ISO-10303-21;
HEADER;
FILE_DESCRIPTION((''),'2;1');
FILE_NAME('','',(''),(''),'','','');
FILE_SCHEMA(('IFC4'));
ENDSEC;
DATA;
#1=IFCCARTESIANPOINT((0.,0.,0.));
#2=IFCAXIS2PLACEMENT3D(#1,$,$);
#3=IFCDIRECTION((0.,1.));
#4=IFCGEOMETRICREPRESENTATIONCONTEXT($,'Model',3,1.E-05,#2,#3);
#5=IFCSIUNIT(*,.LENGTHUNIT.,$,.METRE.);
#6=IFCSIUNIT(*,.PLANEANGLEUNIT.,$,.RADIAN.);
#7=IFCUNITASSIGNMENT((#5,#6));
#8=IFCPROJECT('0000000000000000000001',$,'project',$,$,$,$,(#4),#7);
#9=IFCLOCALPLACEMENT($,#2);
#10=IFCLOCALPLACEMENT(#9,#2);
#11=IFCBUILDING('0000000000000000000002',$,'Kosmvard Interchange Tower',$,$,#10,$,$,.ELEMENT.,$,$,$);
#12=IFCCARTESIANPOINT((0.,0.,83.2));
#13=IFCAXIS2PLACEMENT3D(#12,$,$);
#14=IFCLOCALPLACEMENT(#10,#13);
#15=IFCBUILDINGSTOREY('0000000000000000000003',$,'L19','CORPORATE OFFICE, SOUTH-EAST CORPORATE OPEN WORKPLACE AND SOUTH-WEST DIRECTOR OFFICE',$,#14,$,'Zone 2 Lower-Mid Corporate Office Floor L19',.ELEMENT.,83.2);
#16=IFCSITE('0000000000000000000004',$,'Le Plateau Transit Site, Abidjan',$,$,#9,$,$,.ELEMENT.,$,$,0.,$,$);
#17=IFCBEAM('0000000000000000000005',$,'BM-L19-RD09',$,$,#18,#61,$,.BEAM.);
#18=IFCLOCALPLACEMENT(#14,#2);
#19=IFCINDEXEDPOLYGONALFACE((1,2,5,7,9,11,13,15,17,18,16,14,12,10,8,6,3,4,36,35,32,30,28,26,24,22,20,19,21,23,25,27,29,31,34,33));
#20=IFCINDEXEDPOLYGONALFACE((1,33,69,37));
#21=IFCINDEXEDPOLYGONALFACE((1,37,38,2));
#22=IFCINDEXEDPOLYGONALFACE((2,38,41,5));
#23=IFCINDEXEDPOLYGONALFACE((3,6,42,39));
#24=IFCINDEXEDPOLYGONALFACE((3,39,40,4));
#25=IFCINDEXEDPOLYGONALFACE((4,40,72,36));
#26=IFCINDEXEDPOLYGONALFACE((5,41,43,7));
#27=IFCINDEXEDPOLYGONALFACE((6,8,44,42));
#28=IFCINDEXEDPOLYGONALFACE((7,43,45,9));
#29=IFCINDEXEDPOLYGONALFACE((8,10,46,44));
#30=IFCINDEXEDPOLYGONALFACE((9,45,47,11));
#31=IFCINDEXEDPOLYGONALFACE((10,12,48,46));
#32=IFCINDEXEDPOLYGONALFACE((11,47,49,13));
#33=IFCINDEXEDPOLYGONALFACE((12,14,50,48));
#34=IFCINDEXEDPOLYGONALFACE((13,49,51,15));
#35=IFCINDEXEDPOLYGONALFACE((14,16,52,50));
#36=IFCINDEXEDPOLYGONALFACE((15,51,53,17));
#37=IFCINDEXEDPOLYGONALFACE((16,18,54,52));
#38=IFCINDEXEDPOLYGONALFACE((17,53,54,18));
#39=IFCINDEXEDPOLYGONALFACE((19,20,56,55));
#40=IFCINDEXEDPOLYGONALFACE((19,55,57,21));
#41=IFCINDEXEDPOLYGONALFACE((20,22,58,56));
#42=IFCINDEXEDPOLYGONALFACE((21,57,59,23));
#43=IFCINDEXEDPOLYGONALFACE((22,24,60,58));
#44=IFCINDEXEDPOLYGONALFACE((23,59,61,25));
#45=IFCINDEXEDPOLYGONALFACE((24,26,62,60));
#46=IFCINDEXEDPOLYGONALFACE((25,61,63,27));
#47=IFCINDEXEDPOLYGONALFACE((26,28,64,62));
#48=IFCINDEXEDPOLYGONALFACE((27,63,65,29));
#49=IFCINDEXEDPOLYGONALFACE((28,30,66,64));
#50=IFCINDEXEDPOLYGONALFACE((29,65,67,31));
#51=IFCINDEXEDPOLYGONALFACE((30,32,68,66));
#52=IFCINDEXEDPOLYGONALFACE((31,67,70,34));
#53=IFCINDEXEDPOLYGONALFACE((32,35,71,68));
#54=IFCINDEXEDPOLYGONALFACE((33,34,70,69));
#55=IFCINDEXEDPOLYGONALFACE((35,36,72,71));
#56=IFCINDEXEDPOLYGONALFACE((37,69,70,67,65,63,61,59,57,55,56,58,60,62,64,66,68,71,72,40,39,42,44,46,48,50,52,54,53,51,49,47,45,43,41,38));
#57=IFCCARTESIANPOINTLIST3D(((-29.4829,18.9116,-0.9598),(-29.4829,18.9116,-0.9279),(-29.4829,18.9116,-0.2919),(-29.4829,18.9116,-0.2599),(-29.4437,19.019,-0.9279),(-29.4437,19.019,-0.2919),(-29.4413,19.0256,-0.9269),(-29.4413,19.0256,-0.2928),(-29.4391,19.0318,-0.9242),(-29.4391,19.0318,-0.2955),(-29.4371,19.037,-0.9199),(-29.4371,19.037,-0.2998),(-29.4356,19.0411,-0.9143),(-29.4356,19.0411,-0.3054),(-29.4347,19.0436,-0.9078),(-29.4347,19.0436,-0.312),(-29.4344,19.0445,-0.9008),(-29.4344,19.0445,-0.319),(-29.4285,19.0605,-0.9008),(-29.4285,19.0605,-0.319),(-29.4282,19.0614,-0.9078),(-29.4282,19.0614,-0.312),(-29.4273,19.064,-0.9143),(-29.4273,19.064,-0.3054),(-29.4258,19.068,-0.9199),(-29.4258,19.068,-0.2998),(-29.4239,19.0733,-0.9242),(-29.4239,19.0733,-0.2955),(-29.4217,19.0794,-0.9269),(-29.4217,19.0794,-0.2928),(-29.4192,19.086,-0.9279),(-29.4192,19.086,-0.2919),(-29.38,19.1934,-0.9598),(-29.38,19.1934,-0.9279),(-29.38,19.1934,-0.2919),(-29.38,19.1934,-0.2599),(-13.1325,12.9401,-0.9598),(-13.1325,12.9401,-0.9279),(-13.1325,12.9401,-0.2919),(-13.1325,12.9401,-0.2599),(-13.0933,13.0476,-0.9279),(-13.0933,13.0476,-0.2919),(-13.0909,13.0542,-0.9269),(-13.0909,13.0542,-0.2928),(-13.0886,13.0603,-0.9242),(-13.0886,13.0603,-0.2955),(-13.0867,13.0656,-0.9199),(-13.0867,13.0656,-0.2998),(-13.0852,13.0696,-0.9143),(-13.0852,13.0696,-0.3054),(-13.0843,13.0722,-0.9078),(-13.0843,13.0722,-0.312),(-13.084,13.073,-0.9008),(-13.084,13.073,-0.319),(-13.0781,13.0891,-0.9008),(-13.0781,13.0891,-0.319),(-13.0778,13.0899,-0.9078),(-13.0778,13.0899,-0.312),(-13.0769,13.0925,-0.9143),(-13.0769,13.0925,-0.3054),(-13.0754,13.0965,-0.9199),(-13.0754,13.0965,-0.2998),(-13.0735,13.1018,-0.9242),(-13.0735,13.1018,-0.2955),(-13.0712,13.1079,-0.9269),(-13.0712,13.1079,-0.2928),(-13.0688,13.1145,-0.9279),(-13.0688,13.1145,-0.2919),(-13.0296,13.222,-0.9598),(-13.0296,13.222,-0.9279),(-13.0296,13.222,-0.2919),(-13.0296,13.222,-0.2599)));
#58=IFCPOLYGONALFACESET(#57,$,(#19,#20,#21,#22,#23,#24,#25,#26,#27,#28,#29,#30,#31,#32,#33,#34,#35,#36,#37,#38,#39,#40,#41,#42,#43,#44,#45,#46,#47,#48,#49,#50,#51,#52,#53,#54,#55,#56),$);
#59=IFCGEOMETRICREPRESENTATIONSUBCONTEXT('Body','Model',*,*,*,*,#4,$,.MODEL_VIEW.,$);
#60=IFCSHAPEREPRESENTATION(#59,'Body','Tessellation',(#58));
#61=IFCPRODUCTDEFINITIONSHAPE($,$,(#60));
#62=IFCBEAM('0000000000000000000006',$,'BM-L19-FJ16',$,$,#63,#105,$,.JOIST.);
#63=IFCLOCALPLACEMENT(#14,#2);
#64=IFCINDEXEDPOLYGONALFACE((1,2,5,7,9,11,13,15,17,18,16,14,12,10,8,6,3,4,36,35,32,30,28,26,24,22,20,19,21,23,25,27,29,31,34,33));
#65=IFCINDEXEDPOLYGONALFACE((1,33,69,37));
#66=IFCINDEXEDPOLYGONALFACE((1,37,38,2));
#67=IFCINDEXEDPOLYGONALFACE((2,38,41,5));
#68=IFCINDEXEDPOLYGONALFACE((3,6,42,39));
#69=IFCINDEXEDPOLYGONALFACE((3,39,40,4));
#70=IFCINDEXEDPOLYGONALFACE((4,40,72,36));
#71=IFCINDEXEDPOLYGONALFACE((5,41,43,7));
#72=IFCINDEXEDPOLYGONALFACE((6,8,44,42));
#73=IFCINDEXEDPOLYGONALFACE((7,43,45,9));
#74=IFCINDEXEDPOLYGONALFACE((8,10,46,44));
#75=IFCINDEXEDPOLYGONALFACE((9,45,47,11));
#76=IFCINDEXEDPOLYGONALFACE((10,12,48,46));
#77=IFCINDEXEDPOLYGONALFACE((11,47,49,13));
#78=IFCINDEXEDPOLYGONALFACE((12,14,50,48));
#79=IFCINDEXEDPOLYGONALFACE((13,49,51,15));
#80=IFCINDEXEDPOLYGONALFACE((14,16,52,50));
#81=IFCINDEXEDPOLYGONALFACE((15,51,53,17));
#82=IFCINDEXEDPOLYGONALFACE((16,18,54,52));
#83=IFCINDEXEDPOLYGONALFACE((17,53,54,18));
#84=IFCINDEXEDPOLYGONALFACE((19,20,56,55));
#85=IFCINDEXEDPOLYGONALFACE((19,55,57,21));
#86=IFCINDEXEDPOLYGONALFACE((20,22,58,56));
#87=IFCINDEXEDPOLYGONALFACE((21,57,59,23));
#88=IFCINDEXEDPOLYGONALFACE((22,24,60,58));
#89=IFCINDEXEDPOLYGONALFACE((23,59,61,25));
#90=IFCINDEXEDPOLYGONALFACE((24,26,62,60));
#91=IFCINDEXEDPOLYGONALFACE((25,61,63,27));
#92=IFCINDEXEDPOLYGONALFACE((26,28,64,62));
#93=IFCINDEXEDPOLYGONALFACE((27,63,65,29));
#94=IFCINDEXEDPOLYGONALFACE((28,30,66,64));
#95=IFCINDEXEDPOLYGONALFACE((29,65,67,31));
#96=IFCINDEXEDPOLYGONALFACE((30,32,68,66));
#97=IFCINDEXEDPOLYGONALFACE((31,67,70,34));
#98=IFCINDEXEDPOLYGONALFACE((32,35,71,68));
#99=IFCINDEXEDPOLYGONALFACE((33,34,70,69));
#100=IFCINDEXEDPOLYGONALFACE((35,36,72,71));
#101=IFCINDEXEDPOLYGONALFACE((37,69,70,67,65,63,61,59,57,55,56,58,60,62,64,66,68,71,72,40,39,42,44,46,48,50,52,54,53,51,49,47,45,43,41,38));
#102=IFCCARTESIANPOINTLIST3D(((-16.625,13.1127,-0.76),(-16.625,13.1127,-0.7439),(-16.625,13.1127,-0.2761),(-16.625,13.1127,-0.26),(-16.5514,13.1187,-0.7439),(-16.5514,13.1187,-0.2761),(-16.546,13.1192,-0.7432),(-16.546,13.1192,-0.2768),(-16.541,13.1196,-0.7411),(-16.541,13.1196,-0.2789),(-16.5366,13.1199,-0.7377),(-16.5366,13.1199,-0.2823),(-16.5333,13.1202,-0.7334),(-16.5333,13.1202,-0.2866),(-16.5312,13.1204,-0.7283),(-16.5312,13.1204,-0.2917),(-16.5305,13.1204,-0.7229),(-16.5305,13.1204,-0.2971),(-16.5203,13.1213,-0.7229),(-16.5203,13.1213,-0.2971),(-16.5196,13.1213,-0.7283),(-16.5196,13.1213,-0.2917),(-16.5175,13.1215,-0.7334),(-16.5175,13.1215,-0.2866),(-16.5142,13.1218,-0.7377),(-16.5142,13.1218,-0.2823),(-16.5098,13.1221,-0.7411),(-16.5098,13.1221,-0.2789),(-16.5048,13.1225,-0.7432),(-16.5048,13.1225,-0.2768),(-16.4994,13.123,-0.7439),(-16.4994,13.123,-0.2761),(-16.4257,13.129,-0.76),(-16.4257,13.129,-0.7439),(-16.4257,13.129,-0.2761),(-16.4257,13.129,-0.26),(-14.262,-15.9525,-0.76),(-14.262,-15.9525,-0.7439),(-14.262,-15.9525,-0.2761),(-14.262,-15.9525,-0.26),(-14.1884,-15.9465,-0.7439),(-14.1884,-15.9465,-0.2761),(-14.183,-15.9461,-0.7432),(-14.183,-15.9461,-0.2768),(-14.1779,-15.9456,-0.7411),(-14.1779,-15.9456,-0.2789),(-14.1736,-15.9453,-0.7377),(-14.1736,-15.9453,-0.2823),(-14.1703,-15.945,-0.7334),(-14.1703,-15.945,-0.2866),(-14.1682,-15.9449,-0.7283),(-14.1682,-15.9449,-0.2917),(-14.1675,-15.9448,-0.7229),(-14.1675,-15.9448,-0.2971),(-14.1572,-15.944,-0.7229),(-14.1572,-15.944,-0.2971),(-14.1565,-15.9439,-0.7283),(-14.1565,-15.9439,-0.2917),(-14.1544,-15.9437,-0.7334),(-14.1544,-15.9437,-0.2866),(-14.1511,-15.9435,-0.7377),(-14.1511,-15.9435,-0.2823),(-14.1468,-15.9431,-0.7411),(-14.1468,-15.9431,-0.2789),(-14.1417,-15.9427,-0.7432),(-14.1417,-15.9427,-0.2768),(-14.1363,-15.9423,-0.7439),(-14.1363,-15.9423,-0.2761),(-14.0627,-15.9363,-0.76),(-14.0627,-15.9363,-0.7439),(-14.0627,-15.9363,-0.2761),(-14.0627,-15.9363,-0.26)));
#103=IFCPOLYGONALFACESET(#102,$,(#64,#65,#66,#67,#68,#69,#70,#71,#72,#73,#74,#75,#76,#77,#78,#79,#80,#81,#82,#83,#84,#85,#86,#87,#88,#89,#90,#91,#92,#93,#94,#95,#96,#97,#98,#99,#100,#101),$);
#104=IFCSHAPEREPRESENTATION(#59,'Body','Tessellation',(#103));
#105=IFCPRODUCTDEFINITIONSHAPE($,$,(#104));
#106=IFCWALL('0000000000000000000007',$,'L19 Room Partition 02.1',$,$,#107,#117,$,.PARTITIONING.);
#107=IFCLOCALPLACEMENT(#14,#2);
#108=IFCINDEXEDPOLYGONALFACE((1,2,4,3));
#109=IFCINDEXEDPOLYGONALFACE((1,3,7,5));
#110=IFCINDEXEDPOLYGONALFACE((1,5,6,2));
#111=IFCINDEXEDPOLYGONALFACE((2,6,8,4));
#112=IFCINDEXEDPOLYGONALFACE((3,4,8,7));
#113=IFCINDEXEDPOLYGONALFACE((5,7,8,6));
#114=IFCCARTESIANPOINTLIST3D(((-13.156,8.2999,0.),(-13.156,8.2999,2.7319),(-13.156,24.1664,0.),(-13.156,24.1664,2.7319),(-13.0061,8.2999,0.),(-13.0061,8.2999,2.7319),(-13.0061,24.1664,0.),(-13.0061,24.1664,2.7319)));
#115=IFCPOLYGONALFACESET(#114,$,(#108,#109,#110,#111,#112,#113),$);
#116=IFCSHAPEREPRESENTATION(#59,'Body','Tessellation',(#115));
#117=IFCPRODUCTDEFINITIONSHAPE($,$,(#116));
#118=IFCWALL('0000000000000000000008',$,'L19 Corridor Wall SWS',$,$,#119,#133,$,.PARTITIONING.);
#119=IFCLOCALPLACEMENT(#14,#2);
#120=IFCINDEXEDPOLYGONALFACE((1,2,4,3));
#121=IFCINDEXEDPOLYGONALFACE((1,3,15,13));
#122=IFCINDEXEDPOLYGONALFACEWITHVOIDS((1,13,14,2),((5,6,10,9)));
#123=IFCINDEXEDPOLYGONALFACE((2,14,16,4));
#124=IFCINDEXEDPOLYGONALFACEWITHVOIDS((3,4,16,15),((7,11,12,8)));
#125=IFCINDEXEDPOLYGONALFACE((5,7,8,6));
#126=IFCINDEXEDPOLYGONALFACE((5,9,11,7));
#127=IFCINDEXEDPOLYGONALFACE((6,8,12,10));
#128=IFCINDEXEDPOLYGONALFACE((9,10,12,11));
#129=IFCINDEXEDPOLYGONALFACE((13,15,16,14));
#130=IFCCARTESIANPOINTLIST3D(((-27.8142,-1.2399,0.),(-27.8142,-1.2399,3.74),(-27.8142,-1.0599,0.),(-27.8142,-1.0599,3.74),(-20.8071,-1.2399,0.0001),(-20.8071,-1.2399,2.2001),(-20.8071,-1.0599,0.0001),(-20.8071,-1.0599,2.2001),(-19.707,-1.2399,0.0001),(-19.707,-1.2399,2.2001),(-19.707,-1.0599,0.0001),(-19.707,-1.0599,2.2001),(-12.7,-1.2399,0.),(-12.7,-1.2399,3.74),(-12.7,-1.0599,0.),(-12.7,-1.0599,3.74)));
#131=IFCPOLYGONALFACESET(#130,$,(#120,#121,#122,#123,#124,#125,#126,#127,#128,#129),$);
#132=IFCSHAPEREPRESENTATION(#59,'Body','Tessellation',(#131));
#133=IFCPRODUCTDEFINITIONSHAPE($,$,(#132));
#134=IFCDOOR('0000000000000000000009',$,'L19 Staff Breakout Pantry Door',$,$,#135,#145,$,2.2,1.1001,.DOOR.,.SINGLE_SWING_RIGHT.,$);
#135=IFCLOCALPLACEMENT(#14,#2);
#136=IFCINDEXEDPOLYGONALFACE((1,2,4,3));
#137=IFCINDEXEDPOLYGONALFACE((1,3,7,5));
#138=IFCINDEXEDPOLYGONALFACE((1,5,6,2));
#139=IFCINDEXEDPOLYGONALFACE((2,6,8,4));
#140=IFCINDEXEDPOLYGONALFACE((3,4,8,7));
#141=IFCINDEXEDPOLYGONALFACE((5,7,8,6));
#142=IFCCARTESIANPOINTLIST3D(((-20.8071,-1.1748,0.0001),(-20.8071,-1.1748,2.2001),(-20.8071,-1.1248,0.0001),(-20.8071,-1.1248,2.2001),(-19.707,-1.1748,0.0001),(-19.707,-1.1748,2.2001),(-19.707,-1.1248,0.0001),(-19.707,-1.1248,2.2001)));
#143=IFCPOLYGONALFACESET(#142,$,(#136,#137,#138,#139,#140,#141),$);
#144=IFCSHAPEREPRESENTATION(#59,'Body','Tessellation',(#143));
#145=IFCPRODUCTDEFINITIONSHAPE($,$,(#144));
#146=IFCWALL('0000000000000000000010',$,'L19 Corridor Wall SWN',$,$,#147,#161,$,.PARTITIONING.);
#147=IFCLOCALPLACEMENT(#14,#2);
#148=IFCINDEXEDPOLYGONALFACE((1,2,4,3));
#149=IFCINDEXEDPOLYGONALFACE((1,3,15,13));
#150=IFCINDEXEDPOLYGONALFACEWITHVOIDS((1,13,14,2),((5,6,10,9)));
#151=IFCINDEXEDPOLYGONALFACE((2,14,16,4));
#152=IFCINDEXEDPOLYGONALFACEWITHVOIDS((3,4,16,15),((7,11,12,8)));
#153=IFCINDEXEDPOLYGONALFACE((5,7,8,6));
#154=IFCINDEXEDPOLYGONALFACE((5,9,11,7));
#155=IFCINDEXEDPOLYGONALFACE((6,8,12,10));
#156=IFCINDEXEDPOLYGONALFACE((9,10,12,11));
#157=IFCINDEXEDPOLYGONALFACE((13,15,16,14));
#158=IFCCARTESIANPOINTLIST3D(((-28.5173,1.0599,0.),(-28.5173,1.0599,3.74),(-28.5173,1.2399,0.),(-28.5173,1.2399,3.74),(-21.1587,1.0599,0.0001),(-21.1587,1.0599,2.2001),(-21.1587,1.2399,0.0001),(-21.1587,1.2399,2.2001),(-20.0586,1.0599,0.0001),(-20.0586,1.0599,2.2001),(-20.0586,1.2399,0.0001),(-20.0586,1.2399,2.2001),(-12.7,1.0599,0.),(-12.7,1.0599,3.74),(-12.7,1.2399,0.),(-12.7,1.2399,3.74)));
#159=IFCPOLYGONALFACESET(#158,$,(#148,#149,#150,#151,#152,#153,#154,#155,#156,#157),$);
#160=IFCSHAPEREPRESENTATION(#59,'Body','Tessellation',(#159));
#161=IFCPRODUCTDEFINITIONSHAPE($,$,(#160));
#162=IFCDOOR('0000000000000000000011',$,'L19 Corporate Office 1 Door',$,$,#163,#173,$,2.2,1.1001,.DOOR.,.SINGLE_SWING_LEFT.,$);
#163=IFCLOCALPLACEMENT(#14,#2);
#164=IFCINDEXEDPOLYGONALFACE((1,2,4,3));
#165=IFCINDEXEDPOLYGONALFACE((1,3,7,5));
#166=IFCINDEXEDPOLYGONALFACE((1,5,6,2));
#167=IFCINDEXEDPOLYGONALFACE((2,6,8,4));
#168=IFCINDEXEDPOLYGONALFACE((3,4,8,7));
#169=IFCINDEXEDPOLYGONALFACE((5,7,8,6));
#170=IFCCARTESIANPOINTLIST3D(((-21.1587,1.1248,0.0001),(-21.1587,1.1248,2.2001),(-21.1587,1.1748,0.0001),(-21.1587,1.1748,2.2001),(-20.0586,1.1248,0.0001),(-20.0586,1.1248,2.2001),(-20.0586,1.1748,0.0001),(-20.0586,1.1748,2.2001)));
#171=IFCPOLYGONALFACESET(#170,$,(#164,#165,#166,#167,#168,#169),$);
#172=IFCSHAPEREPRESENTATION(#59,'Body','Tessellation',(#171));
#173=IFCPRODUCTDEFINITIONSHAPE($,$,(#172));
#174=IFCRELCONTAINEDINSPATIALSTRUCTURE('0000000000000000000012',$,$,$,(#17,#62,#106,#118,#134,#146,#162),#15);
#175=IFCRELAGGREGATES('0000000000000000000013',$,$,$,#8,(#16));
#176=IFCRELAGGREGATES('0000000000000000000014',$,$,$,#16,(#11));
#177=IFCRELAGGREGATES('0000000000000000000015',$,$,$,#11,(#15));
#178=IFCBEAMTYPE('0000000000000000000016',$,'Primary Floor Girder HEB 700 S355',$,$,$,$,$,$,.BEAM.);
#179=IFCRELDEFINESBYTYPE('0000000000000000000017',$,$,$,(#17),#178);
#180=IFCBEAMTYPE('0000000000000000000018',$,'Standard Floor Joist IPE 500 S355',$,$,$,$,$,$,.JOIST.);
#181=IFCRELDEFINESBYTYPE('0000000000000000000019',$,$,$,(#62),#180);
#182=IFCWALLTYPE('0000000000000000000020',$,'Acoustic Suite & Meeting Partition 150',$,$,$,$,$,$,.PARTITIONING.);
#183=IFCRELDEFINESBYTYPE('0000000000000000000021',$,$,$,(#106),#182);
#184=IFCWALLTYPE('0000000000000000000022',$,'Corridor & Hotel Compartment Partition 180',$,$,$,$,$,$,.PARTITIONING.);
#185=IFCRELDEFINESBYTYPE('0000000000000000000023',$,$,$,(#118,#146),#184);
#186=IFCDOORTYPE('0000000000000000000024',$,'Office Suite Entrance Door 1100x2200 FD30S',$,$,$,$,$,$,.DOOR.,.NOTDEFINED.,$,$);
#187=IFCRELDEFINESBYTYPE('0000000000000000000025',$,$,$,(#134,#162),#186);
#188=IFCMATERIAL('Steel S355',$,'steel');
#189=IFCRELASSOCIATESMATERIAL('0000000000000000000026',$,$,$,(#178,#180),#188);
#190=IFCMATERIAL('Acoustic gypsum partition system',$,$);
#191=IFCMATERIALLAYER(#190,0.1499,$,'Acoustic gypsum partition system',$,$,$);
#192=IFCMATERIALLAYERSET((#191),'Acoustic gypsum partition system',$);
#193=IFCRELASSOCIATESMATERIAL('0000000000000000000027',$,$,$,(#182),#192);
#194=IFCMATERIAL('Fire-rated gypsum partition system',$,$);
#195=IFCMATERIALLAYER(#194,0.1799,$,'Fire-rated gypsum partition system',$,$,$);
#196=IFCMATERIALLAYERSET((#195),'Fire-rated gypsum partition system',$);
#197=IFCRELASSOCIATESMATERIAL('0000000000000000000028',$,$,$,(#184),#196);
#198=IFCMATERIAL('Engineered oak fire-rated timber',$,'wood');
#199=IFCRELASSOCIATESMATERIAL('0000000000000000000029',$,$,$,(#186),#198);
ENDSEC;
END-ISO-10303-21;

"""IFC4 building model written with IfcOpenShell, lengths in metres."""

from ifc_helpers import new_model, si_unit, direction, frame, frame_2d, origin, origin_2d, place, context, subcontext, project, spatial, rectangle, i_section, extrude, source, transform, mapped, material, layer, layer_set, material_profile, profile_set, type_object, element, fill, save


model = new_model("IFC4")

# Units and contexts
model_context = context("Model", 3, precision=1e-05, world=origin(), true_north=direction((0.0, 1.0)))
body_context = subcontext(model_context, "Body", "Model", "MODEL_VIEW")
ifc_project = project(units=[si_unit("LENGTHUNIT", "METRE"), si_unit("PLANEANGLEUNIT", "RADIAN")], contexts=[model_context])

# Site, building, storey
site_placement = place(None, origin())
site = spatial("IfcSite", under=ifc_project, at=site_placement, Name="Le Plateau Transit Site, Abidjan", CompositionType="ELEMENT", RefElevation=0.0)
building_placement = place(site_placement, origin())
building = spatial("IfcBuilding", under=site, at=building_placement, Name="Kosmvard Interchange Tower", CompositionType="ELEMENT")
storey_placement = place(building_placement, frame((0.0, 0.0, 83.2)))
storey = spatial("IfcBuildingStorey", under=building, at=storey_placement, Name="L19", Description="CORPORATE OFFICE, SOUTH-EAST CORPORATE OPEN WORKPLACE AND SOUTH-WEST DIRECTOR OFFICE", LongName="Zone 2 Lower-Mid Corporate Office Floor L19", CompositionType="ELEMENT", Elevation=83.2)

# Beams
ifc_material_1 = material(Name="Steel S355", Category="steel")
ifc_material_profile_1 = material_profile(ifc_material_1, i_section(OverallWidth=0.3, OverallDepth=0.7, WebThickness=0.0171, FlangeThickness=0.032, FilletRadius=0.0271, at=origin_2d()), Name="HEB 700")
ifc_profile_set_1 = profile_set([ifc_material_profile_1], Name="Steel S355")
beam_type_1 = type_object("IfcBeamType", Name="Primary Floor Girder HEB 700 S355", PredefinedType="BEAM", material=ifc_profile_set_1)
shared_shape_1 = source(origin(), body_context, "Body", "SweptSolid", [
    extrude(i_section(OverallWidth=0.3, OverallDepth=0.7, WebThickness=0.0171, FlangeThickness=0.032, FilletRadius=0.0271, at=origin_2d()), origin(), (0.0, 0.0, 1.0), 17.4067),
])
beam_1_placement = place(storey_placement, frame((-13.0811, 13.0811, -0.6099), z_axis=(-0.939315, 0.343055, 0.0), x_axis=(-0.343055, -0.939315, 0.0)))
element("IfcBeam", 1, at=beam_1_placement, inside=storey, type_object=beam_type_1, Name="BM-L19-RD09", PredefinedType="BEAM", context=body_context, shape_type="MappedRepresentation", body=[
    mapped(shared_shape_1, transform((0.0, 0.0, 0.0), scale=1.0)),
])
ifc_material_profile_2 = material_profile(ifc_material_1, i_section(OverallWidth=0.2, OverallDepth=0.5, WebThickness=0.0103, FlangeThickness=0.0161, FilletRadius=0.021, at=origin_2d()), Name="IPE 500")
ifc_profile_set_2 = profile_set([ifc_material_profile_2], Name="Steel S355")
beam_type_2 = type_object("IfcBeamType", Name="Standard Floor Joist IPE 500 S355", PredefinedType="JOIST", material=ifc_profile_set_2)
shared_shape_2 = source(origin(), body_context, "Body", "SweptSolid", [
    extrude(i_section(OverallWidth=0.2, OverallDepth=0.5, WebThickness=0.0103, FlangeThickness=0.0161, FilletRadius=0.021, at=origin_2d()), origin(), (0.0, 0.0, 1.0), 29.1611),
])
beam_2_placement = place(storey_placement, frame((-16.5254, 13.1208, -0.51), z_axis=(0.081034, -0.996711, 0.0), x_axis=(0.996711, 0.081034, 0.0)))
element("IfcBeam", 2, at=beam_2_placement, inside=storey, type_object=beam_type_2, Name="BM-L19-FJ16", PredefinedType="JOIST", context=body_context, shape_type="MappedRepresentation", body=[
    mapped(shared_shape_2, transform((0.0, 0.0, 0.0), scale=1.0)),
])

# Wall
ifc_material_2 = material(Name="Acoustic gypsum partition system")
ifc_layer_1 = layer(ifc_material_2, 0.1499, Name="Acoustic gypsum partition system")
ifc_layer_set_1 = layer_set([ifc_layer_1], Name="Acoustic gypsum partition system")
wall_type_1 = type_object("IfcWallType", Name="Acoustic Suite & Meeting Partition 150", PredefinedType="PARTITIONING", material=ifc_layer_set_1)
wall_1_placement = place(storey_placement, frame((-13.0811, 8.3, 0.0), z_axis=(0.0, 0.0, 1.0), x_axis=(0.0, 1.0, 0.0)))
element("IfcWall", 3, at=wall_1_placement, inside=storey, type_object=wall_type_1, Name="L19 Room Partition 02.1", PredefinedType="PARTITIONING", context=body_context, shape_type="SweptSolid", body=[
    extrude(rectangle(XDim=15.8665, YDim=0.1499, at=frame_2d((7.9331, 0.0))), origin(), (0.0, 0.0, 1.0), 2.7319),
])

# Walls, openings, doors
ifc_material_3 = material(Name="Fire-rated gypsum partition system")
ifc_layer_2 = layer(ifc_material_3, 0.1799, Name="Fire-rated gypsum partition system")
ifc_layer_set_2 = layer_set([ifc_layer_2], Name="Fire-rated gypsum partition system")
wall_type_2 = type_object("IfcWallType", Name="Corridor & Hotel Compartment Partition 180", PredefinedType="PARTITIONING", material=ifc_layer_set_2)
wall_2_placement = place(storey_placement, frame((-27.8142, -1.1499, 0.0), z_axis=(0.0, 0.0, 1.0), x_axis=(1.0, 0.0, 0.0)))
wall_2 = element("IfcWall", 4, at=wall_2_placement, inside=storey, type_object=wall_type_2, Name="L19 Corridor Wall SWS", PredefinedType="PARTITIONING", context=body_context, shape_type="SweptSolid", body=[
    extrude(rectangle(XDim=15.1143, YDim=0.1799, at=frame_2d((7.5571, 0.0))), origin(), (0.0, 0.0, 1.0), 3.74),
])
opening_1_placement = place(wall_2_placement, frame((7.0071, 0.0, 0.0)))
opening_1 = element("IfcOpeningElement", 5, at=opening_1_placement, cuts=wall_2, PredefinedType="OPENING", context=body_context, shape_type="SweptSolid", body=[
    extrude(rectangle(XDim=1.1001, YDim=2.2, at=frame_2d((0.55, 1.1001))), frame((0.0, 0.1001, 0.0), z_axis=(0.0, -1.0, 0.0), x_axis=(1.0, 0.0, 0.0)), (0.0, 0.0, 1.0), 0.2),
])
ifc_material_4 = material(Name="Engineered oak fire-rated timber", Category="wood")
door_type = type_object("IfcDoorType", Name="Office Suite Entrance Door 1100x2200 FD30S", OperationType="NOTDEFINED", PredefinedType="DOOR", material=ifc_material_4)
shared_shape_3 = source(origin(), body_context, "Body", "SweptSolid", [
    extrude(rectangle(XDim=1.1001, YDim=2.2, at=frame_2d((0.55, 1.1001))), frame((0.0, 0.0249, 0.0), z_axis=(0.0, -1.0, 0.0), x_axis=(1.0, 0.0, 0.0)), (0.0, 0.0, 1.0), 0.05),
])
door_1_placement = place(opening_1_placement, frame((1.1001, 0.0, 0.0), z_axis=(0.0, 0.0, 1.0), x_axis=(-1.0, 0.0, 0.0)))
door_1 = element("IfcDoor", 6, at=door_1_placement, inside=storey, type_object=door_type, Name="L19 Staff Breakout Pantry Door", OperationType="SINGLE_SWING_RIGHT", OverallHeight=2.2, OverallWidth=1.1001, PredefinedType="DOOR", context=body_context, shape_type="MappedRepresentation", body=[
    mapped(shared_shape_3, transform((0.0, 0.0, 0.0), scale=1.0)),
])
fill(opening_1, door_1)
wall_3_placement = place(storey_placement, frame((-28.5173, 1.1499, 0.0), z_axis=(0.0, 0.0, 1.0), x_axis=(1.0, 0.0, 0.0)))
wall_3 = element("IfcWall", 7, at=wall_3_placement, inside=storey, type_object=wall_type_2, Name="L19 Corridor Wall SWN", PredefinedType="PARTITIONING", context=body_context, shape_type="SweptSolid", body=[
    extrude(rectangle(XDim=15.8174, YDim=0.1799, at=frame_2d((7.9087, 0.0))), origin(), (0.0, 0.0, 1.0), 3.74),
])
opening_2_placement = place(wall_3_placement, frame((7.3586, 0.0, 0.0)))
opening_2 = element("IfcOpeningElement", 8, at=opening_2_placement, cuts=wall_3, PredefinedType="OPENING", context=body_context, shape_type="SweptSolid", body=[
    extrude(rectangle(XDim=1.1001, YDim=2.2, at=frame_2d((0.55, 1.1001))), frame((0.0, 0.1001, 0.0), z_axis=(0.0, -1.0, 0.0), x_axis=(1.0, 0.0, 0.0)), (0.0, 0.0, 1.0), 0.2),
])
door_2_placement = place(opening_2_placement, origin())
door_2 = element("IfcDoor", 9, at=door_2_placement, inside=storey, type_object=door_type, Name="L19 Corporate Office 1 Door", OperationType="SINGLE_SWING_LEFT", OverallHeight=2.2, OverallWidth=1.1001, PredefinedType="DOOR", context=body_context, shape_type="MappedRepresentation", body=[
    mapped(shared_shape_3, transform((0.0, 0.0, 0.0), scale=1.0)),
])
fill(opening_2, door_2)

save(model, "model.ifc")
